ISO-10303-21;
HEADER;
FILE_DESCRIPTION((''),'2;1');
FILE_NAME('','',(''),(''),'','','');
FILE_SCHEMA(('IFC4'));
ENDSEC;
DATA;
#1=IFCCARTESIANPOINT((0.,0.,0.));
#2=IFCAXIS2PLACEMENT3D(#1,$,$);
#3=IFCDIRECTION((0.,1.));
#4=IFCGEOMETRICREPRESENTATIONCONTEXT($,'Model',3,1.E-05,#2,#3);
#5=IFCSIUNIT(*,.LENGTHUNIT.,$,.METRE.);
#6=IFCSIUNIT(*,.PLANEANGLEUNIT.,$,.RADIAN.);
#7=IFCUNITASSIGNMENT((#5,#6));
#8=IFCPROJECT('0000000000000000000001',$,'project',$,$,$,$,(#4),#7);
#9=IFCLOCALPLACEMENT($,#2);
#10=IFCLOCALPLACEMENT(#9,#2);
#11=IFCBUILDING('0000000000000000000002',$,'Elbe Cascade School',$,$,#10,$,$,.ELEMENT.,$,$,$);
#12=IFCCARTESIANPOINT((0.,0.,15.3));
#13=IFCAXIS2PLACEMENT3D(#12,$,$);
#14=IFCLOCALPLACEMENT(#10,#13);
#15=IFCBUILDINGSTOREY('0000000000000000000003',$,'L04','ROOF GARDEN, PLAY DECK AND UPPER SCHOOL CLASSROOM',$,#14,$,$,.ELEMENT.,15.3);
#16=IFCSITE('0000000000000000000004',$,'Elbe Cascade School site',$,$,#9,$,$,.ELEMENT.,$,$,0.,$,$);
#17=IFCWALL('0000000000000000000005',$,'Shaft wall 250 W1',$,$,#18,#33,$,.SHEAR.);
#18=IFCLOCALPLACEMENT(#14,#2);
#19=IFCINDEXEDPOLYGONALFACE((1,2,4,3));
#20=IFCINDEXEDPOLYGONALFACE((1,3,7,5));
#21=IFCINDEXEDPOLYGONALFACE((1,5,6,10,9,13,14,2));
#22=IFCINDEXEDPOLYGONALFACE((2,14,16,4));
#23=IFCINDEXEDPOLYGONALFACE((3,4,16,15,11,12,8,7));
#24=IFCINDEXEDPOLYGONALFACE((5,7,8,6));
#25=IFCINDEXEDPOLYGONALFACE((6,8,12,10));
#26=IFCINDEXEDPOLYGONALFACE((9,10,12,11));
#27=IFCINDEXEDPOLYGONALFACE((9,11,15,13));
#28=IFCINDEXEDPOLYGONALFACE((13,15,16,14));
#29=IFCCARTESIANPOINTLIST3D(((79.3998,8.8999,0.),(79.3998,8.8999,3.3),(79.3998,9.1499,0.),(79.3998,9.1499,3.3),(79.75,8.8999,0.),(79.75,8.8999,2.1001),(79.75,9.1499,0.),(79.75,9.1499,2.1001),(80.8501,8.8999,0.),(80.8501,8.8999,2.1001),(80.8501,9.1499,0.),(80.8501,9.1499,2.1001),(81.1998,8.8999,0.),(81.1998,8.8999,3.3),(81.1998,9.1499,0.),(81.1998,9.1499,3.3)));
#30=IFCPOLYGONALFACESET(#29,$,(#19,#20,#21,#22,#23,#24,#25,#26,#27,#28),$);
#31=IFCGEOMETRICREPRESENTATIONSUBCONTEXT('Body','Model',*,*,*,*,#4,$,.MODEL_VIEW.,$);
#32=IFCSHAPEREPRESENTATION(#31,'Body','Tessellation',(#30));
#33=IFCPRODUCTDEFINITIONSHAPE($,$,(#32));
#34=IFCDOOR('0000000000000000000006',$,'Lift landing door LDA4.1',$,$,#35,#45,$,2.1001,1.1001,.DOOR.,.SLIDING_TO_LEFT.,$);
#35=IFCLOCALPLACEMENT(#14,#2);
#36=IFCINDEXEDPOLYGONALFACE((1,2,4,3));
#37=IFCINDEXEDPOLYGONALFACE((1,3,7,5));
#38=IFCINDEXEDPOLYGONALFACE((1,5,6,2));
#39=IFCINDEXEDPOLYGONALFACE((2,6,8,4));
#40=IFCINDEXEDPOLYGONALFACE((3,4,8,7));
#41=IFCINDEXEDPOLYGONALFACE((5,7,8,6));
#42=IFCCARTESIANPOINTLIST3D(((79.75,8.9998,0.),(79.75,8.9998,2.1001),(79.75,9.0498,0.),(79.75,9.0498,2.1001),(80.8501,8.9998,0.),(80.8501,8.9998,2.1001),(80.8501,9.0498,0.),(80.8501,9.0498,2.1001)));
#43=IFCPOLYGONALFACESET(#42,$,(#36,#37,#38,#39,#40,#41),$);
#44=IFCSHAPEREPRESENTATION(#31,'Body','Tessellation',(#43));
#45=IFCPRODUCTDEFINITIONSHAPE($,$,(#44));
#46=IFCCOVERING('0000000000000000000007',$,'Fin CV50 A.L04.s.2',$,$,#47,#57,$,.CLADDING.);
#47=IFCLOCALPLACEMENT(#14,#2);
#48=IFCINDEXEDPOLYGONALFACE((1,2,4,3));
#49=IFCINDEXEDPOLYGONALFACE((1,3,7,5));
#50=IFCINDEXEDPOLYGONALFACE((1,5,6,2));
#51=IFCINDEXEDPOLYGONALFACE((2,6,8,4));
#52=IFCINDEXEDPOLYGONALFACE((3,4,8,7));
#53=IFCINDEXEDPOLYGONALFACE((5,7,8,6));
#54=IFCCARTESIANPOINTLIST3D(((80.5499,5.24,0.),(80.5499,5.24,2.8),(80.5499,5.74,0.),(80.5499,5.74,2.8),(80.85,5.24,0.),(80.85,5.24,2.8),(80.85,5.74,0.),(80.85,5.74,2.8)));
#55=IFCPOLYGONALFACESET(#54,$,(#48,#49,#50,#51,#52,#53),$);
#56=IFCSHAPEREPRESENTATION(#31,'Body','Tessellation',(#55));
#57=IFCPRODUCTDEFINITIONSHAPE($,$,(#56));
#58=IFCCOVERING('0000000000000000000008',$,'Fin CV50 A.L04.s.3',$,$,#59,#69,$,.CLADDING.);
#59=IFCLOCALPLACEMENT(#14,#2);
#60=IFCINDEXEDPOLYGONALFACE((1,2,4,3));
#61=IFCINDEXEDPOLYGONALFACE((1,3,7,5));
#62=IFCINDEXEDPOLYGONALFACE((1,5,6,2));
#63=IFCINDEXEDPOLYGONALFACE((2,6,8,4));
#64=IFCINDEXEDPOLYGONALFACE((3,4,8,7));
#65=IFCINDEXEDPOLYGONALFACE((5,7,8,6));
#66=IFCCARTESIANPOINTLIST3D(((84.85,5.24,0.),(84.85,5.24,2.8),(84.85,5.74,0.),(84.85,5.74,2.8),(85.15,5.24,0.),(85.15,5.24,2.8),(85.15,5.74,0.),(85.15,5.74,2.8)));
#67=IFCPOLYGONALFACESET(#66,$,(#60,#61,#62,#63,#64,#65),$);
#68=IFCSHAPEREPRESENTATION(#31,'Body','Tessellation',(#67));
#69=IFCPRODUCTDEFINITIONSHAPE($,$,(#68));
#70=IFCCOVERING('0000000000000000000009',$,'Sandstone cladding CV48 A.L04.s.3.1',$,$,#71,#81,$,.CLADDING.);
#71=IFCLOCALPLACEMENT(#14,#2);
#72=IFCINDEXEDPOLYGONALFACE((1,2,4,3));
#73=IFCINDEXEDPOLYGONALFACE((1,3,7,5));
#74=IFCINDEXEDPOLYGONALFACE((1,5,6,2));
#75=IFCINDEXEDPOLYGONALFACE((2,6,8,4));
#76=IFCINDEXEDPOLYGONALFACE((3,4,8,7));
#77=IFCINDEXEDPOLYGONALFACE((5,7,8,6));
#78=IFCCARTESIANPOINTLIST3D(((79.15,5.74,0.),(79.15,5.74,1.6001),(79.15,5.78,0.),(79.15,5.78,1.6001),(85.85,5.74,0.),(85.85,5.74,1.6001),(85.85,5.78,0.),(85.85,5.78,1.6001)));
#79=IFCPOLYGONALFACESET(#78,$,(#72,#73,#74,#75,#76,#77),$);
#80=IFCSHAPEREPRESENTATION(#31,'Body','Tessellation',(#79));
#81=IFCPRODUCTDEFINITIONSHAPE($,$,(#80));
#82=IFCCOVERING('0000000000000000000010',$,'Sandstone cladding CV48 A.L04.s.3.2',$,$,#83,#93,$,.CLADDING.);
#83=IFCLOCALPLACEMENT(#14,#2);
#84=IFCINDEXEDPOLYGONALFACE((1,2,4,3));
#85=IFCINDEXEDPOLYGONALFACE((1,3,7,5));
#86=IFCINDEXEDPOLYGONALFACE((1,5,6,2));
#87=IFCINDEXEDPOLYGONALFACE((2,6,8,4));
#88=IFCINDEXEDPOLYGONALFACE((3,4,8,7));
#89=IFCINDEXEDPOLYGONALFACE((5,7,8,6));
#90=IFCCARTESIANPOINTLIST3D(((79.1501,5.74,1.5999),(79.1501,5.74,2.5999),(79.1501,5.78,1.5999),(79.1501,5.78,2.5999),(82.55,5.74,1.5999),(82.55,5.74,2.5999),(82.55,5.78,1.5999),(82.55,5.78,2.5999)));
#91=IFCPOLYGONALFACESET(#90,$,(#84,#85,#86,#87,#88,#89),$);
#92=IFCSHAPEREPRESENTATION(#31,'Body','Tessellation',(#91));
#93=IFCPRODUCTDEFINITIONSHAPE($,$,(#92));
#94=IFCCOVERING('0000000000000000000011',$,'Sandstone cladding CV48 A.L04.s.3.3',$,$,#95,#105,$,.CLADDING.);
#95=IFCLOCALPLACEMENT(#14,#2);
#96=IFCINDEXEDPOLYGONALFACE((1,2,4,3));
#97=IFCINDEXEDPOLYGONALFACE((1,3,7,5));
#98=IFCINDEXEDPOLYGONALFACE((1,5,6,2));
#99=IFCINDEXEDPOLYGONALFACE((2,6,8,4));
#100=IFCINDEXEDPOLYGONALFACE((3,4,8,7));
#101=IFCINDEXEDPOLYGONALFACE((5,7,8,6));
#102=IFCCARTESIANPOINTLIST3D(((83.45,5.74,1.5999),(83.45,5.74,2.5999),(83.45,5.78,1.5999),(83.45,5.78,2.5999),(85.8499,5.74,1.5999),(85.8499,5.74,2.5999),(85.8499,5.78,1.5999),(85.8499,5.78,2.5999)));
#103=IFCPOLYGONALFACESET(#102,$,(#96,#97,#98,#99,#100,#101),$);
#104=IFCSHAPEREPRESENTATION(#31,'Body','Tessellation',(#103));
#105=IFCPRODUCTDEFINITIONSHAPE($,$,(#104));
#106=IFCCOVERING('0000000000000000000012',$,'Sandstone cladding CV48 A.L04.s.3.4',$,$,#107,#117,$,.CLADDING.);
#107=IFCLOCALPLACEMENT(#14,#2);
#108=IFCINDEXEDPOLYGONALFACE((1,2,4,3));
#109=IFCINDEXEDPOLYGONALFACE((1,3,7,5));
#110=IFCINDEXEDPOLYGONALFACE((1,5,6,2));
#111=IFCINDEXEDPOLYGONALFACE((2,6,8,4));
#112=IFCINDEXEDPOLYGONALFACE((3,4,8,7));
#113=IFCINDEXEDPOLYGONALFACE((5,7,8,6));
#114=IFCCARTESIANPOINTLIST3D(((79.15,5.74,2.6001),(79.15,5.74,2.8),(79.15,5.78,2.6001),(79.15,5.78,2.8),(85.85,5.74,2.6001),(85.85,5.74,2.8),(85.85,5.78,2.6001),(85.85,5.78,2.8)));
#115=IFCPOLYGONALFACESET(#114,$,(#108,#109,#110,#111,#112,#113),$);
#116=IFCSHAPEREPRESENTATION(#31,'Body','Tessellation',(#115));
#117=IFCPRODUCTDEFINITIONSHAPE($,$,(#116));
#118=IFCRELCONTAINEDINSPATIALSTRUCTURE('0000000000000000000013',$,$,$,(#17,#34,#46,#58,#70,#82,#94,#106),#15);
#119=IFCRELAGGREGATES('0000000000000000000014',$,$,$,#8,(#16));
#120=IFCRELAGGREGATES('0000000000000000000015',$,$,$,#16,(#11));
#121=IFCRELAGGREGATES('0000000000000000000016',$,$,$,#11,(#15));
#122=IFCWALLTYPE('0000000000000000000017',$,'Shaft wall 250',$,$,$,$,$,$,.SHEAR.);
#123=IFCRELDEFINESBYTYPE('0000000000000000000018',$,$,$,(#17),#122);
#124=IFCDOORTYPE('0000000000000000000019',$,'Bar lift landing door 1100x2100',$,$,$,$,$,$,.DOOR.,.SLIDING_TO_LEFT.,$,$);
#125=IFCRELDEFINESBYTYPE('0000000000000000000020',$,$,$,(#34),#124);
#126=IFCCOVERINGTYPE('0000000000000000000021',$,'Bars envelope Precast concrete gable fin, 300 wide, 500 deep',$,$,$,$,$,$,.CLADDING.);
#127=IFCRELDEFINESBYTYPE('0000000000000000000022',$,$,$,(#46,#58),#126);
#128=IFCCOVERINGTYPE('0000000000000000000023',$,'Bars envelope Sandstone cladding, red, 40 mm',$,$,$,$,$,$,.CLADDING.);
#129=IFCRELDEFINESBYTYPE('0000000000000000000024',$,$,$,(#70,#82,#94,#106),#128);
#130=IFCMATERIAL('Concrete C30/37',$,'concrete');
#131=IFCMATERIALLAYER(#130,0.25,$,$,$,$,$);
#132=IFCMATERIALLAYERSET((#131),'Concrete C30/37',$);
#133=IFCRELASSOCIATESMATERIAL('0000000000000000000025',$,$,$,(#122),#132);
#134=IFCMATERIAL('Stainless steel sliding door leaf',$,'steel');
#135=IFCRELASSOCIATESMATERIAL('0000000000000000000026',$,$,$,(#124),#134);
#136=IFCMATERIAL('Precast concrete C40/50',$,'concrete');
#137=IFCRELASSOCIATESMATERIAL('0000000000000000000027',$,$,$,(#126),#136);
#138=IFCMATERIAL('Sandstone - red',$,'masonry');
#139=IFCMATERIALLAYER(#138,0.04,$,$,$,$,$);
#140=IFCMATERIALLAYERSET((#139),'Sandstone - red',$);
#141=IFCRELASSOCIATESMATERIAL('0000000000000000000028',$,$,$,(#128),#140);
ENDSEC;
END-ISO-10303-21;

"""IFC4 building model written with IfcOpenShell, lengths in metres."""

from ifc_helpers import new_model, si_unit, direction, frame, frame_2d, origin, origin_2d, place, context, subcontext, project, spatial, rectangle, extrude, material, layer, layer_set, type_object, element, fill, save


model = new_model("IFC4")

# Units and contexts
model_context = context("Model", 3, precision=1e-05, world=origin(), true_north=direction((0.0, 1.0)))
body_context = subcontext(model_context, "Body", "Model", "MODEL_VIEW")
ifc_project = project(units=[si_unit("LENGTHUNIT", "METRE"), si_unit("PLANEANGLEUNIT", "RADIAN")], contexts=[model_context])

# Site, building, storey
site_placement = place(None, origin())
site = spatial("IfcSite", under=ifc_project, at=site_placement, Name="Elbe Cascade School site", CompositionType="ELEMENT", RefElevation=0.0)
building_placement = place(site_placement, origin())
building = spatial("IfcBuilding", under=site, at=building_placement, Name="Elbe Cascade School", CompositionType="ELEMENT")
storey_placement = place(building_placement, frame((0.0, 0.0, 15.3)))
storey = spatial("IfcBuildingStorey", under=building, at=storey_placement, Name="L04", Description="ROOF GARDEN, PLAY DECK AND UPPER SCHOOL CLASSROOM", CompositionType="ELEMENT", Elevation=15.3)

# Shared definitions
ifc_material_1 = material(Name="Concrete C30/37", Category="concrete")
ifc_layer_1 = layer(ifc_material_1, 0.25)
ifc_layer_set_1 = layer_set([ifc_layer_1], Name="Concrete C30/37")
wall_type_1 = type_object("IfcWallType", Name="Shaft wall 250", PredefinedType="SHEAR", material=ifc_layer_set_1)

# Wall, opening, door
wall_1_placement = place(storey_placement, frame((79.3999, 9.0249, 0.0), z_axis=(0.0, 0.0, 1.0), x_axis=(1.0, 0.0, 0.0)))
wall_1 = element("IfcWall", 1, at=wall_1_placement, inside=storey, type_object=wall_type_1, Name="Shaft wall 250 W1", PredefinedType="SHEAR", context=body_context, shape_type="SweptSolid", body=[
    extrude(rectangle(XDim=1.8, YDim=0.25, at=frame_2d((0.8999, 0.0))), origin(), (0.0, 0.0, 1.0), 3.3),
])
opening_1_placement = place(wall_1_placement, frame((0.3501, 0.0, 0.0)))
opening_1 = element("IfcOpeningElement", 2, at=opening_1_placement, cuts=wall_1, PredefinedType="OPENING", context=body_context, shape_type="SweptSolid", body=[
    extrude(rectangle(XDim=1.1001, YDim=2.1001, at=frame_2d((0.55, 1.05))), frame((0.0, 0.135, 0.0), z_axis=(0.0, -1.0, 0.0), x_axis=(1.0, 0.0, 0.0)), (0.0, 0.0, 1.0), 0.27),
])
ifc_material_2 = material(Name="Stainless steel sliding door leaf", Category="steel")
door_type_1 = type_object("IfcDoorType", Name="Bar lift landing door 1100x2100", OperationType="SLIDING_TO_LEFT", PredefinedType="DOOR", material=ifc_material_2)
door_1_placement = place(opening_1_placement, origin())
door_1 = element("IfcDoor", 3, at=door_1_placement, inside=storey, type_object=door_type_1, Name="Lift landing door LDA4.1", OperationType="SLIDING_TO_LEFT", OverallHeight=2.1001, OverallWidth=1.1001, PredefinedType="DOOR", context=body_context, shape_type="SweptSolid", body=[
    extrude(rectangle(XDim=1.1001, YDim=2.1001, at=frame_2d((0.55, 1.05))), frame((0.0, 0.0249, 0.0), z_axis=(0.0, -1.0, 0.0), x_axis=(1.0, 0.0, 0.0)), (0.0, 0.0, 1.0), 0.05),
])
fill(opening_1, door_1)

# Coverings
ifc_material_3 = material(Name="Precast concrete C40/50", Category="concrete")
covering_type_1 = type_object("IfcCoveringType", Name="Bars envelope Precast concrete gable fin, 300 wide, 500 deep", PredefinedType="CLADDING", material=ifc_material_3)
for number, where, z_axis, x_axis, name in (
    (4, (80.7, 5.49, 0.0), (0.0, 0.0, 1.0), (1.0, 0.0, 0.0), "Fin CV50 A.L04.s.2"),
    (5, (85.0, 5.49, 0.0), (0.0, 0.0, 1.0), (1.0, 0.0, 0.0), "Fin CV50 A.L04.s.3"),
):
    element("IfcCovering", number, at=place(storey_placement, frame(where, z_axis=z_axis, x_axis=x_axis)), inside=storey, type_object=covering_type_1, Name=name, PredefinedType="CLADDING", context=body_context, shape_type="SweptSolid", body=[
        extrude(rectangle(XDim=0.3, YDim=0.5, at=origin_2d()), origin(), (0.0, 0.0, 1.0), 2.8),
    ])
ifc_material_4 = material(Name="Sandstone - red", Category="masonry")
ifc_layer_2 = layer(ifc_material_4, 0.04)
ifc_layer_set_2 = layer_set([ifc_layer_2], Name="Sandstone - red")
covering_type_2 = type_object("IfcCoveringType", Name="Bars envelope Sandstone cladding, red, 40 mm", PredefinedType="CLADDING", material=ifc_layer_set_2)
covering_1_placement = place(storey_placement, frame((82.5, 5.76, 0.0), z_axis=(0.0, 0.0, 1.0), x_axis=(1.0, 0.0, 0.0)))
element("IfcCovering", 6, at=covering_1_placement, inside=storey, type_object=covering_type_2, Name="Sandstone cladding CV48 A.L04.s.3.1", PredefinedType="CLADDING", context=body_context, shape_type="SweptSolid", body=[
    extrude(rectangle(XDim=6.7, YDim=0.04, at=origin_2d()), origin(), (0.0, 0.0, 1.0), 1.6001),
])
covering_2_placement = place(storey_placement, frame((80.8501, 5.76, 1.5999), z_axis=(0.0, 0.0, 1.0), x_axis=(1.0, 0.0, 0.0)))
element("IfcCovering", 7, at=covering_2_placement, inside=storey, type_object=covering_type_2, Name="Sandstone cladding CV48 A.L04.s.3.2", PredefinedType="CLADDING", context=body_context, shape_type="SweptSolid", body=[
    extrude(rectangle(XDim=3.3999, YDim=0.04, at=origin_2d()), origin(), (0.0, 0.0, 1.0), 1.0),
])
covering_3_placement = place(storey_placement, frame((84.6499, 5.76, 1.5999), z_axis=(0.0, 0.0, 1.0), x_axis=(1.0, 0.0, 0.0)))
element("IfcCovering", 8, at=covering_3_placement, inside=storey, type_object=covering_type_2, Name="Sandstone cladding CV48 A.L04.s.3.3", PredefinedType="CLADDING", context=body_context, shape_type="SweptSolid", body=[
    extrude(rectangle(XDim=2.3999, YDim=0.04, at=origin_2d()), origin(), (0.0, 0.0, 1.0), 1.0),
])
covering_4_placement = place(storey_placement, frame((82.5, 5.76, 2.6001), z_axis=(0.0, 0.0, 1.0), x_axis=(1.0, 0.0, 0.0)))
element("IfcCovering", 9, at=covering_4_placement, inside=storey, type_object=covering_type_2, Name="Sandstone cladding CV48 A.L04.s.3.4", PredefinedType="CLADDING", context=body_context, shape_type="SweptSolid", body=[
    extrude(rectangle(XDim=6.7, YDim=0.04, at=origin_2d()), origin(), (0.0, 0.0, 1.0), 0.2),
])

save(model, "model.ifc")
